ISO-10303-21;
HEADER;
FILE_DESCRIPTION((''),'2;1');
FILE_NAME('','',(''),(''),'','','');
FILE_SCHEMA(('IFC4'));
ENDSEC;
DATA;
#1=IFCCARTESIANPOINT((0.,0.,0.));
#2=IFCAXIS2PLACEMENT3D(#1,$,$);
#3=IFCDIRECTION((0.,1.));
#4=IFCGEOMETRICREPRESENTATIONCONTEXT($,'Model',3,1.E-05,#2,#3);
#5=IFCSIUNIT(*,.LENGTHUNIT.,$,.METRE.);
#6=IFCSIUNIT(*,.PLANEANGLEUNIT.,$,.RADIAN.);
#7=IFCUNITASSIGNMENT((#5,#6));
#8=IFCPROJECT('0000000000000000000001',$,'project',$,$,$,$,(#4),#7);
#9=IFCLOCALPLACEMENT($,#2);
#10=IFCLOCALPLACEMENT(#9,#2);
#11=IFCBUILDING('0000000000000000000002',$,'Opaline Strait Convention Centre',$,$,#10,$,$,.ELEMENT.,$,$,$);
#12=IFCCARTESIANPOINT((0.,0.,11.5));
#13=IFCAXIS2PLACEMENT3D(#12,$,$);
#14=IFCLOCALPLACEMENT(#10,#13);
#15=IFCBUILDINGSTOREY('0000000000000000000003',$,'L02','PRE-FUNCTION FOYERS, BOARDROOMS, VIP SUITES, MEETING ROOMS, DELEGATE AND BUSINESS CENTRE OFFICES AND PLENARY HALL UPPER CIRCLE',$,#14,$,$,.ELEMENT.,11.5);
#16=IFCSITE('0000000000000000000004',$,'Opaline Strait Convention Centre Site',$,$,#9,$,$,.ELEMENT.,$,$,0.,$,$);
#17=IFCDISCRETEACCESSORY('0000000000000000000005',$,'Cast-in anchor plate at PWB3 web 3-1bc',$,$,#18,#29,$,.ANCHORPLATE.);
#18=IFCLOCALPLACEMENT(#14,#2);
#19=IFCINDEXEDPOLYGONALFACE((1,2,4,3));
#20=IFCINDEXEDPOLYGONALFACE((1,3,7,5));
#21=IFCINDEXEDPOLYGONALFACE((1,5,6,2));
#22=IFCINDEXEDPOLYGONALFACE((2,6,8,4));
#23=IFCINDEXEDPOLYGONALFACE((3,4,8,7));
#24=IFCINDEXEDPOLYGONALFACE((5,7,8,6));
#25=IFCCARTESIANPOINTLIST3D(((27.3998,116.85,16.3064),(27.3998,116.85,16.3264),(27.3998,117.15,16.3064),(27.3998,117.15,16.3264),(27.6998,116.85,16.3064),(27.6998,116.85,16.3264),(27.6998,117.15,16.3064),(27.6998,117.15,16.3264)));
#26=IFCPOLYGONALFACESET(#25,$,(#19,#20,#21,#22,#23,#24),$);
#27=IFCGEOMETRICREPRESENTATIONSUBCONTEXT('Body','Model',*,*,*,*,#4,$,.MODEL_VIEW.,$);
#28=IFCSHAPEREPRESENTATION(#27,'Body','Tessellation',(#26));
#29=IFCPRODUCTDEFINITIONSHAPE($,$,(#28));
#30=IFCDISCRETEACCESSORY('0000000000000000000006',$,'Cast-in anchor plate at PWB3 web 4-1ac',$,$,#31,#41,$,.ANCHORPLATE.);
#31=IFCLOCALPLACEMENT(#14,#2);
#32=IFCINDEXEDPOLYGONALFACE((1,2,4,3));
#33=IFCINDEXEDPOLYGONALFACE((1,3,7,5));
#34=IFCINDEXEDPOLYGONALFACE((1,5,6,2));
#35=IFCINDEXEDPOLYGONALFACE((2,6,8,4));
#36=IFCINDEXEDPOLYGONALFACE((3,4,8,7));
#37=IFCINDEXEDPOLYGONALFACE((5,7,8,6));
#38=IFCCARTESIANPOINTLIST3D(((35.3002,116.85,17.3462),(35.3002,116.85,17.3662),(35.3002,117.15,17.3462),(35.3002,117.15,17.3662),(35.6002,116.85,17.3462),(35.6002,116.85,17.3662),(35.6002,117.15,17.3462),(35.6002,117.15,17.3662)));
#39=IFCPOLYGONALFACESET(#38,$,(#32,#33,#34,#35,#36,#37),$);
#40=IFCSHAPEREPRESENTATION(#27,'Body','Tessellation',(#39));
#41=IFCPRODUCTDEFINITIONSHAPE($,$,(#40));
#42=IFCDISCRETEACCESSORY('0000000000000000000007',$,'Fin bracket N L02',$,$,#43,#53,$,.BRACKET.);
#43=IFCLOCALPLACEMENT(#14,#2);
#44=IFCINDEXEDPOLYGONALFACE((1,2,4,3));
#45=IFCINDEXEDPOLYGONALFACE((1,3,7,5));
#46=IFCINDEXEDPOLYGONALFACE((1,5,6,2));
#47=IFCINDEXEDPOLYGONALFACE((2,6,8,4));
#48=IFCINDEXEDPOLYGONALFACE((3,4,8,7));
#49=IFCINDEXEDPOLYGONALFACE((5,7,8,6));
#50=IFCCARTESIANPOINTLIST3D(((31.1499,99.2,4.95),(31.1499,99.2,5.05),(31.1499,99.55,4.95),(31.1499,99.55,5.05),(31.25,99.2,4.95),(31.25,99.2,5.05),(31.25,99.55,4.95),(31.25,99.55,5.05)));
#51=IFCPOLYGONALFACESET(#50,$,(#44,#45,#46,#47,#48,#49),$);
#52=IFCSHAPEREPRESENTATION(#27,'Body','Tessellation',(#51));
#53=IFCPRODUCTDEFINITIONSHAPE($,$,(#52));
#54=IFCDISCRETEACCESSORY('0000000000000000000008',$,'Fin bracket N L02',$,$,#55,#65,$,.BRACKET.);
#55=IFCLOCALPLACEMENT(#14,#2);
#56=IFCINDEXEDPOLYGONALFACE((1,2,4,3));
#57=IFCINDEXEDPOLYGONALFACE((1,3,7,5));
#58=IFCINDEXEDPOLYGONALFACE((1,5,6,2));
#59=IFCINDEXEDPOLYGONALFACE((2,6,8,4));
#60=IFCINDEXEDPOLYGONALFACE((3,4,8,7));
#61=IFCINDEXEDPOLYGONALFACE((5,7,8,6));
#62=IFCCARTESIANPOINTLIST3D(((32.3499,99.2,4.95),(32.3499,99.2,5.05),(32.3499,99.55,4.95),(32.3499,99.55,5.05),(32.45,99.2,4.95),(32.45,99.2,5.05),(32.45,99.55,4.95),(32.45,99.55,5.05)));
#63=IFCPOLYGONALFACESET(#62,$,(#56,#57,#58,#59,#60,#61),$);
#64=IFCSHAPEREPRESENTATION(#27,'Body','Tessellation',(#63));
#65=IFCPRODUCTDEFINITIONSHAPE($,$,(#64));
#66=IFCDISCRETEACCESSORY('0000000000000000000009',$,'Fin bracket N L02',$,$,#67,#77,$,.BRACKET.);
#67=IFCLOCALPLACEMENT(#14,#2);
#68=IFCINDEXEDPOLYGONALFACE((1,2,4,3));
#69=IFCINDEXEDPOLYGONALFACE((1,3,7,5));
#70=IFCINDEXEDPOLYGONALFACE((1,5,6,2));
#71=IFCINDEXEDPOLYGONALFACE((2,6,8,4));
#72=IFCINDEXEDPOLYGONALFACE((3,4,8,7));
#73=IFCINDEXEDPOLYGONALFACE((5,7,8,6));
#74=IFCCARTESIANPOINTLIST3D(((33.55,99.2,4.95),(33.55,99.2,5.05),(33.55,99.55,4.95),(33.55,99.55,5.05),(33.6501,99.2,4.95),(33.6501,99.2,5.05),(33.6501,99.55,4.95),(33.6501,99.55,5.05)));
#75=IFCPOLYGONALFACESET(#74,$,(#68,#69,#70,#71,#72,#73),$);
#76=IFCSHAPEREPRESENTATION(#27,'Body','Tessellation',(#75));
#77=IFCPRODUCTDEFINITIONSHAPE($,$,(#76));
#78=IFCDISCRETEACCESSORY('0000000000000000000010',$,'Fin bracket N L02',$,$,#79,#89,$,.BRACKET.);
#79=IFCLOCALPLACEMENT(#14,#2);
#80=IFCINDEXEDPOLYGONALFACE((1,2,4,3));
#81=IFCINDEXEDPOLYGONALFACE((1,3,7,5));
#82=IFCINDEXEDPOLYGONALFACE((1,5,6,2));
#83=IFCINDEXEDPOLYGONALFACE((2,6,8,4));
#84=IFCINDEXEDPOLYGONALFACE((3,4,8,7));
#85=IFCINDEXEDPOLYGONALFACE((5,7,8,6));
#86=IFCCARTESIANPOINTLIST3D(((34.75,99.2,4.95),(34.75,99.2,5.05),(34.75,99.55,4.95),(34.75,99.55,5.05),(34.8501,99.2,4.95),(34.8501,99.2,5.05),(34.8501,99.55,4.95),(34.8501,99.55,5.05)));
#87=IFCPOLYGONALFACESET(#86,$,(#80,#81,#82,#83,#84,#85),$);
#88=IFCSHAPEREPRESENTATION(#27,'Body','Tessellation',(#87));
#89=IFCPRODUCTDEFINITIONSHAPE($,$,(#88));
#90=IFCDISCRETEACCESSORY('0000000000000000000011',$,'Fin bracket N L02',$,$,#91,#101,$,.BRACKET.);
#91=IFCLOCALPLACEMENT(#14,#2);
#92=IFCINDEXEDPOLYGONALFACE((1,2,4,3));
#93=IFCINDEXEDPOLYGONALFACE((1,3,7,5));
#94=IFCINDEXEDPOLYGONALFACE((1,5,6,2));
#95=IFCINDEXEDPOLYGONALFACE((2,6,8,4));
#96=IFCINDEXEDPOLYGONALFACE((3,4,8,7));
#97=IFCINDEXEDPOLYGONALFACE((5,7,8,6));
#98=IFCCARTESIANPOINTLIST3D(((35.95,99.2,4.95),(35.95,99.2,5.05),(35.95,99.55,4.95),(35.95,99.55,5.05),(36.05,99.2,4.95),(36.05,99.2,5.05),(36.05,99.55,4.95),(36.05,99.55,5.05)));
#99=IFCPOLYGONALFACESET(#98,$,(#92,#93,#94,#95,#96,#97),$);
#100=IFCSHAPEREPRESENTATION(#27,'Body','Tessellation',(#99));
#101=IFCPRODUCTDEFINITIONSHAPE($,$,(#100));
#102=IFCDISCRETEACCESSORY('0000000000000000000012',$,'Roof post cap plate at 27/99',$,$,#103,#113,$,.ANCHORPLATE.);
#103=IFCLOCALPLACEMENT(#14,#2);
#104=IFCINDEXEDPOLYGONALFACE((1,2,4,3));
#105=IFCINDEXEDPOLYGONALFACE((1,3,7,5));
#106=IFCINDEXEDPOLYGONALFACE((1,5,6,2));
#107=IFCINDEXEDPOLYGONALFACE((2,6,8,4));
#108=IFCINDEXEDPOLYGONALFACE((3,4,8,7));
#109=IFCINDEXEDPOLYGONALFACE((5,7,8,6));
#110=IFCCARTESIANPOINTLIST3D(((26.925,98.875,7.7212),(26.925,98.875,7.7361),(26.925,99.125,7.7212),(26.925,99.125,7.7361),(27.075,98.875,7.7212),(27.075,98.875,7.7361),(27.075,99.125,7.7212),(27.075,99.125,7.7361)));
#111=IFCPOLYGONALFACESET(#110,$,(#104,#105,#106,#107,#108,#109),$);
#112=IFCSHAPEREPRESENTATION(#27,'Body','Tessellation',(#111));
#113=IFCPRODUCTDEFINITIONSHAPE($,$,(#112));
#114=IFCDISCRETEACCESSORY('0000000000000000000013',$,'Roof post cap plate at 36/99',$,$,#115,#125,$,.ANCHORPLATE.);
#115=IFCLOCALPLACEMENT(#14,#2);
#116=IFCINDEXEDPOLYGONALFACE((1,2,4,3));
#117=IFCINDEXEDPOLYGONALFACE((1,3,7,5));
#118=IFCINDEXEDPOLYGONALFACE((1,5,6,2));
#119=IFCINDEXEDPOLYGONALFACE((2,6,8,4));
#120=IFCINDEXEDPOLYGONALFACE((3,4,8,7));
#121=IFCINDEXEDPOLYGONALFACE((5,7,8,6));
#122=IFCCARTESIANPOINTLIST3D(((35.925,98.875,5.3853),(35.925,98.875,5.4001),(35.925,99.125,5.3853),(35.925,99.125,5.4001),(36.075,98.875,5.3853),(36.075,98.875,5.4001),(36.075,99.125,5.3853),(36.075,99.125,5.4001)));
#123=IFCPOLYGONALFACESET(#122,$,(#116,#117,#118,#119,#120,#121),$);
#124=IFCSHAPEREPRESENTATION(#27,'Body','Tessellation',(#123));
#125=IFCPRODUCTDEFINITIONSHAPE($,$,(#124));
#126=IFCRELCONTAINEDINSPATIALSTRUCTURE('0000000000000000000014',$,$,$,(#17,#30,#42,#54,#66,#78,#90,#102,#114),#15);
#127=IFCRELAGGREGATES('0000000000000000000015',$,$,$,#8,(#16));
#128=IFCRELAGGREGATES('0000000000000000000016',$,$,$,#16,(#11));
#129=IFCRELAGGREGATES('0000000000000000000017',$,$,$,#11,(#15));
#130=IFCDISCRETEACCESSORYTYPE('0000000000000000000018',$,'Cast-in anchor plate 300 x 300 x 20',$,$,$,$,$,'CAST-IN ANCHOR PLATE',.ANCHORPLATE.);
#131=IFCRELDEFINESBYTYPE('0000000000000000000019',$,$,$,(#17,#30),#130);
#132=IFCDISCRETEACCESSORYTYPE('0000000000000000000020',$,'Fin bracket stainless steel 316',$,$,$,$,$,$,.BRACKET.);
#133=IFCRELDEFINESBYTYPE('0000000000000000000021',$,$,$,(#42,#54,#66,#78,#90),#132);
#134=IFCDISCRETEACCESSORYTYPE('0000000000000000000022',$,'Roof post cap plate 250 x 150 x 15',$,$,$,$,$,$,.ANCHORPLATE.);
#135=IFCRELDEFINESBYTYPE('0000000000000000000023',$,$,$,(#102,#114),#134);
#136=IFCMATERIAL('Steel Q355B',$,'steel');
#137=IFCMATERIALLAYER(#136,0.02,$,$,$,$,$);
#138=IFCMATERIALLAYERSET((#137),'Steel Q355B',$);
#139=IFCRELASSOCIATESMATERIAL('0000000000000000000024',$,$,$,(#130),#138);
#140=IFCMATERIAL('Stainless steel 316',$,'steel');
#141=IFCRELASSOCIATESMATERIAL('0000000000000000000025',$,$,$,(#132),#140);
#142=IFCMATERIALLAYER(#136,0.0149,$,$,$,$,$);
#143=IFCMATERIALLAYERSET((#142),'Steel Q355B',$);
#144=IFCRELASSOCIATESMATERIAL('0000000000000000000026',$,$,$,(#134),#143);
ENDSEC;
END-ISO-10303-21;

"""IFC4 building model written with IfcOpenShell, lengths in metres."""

from ifc_helpers import new_model, si_unit, direction, frame, origin, origin_2d, place, context, subcontext, project, spatial, rectangle, extrude, material, layer, layer_set, type_object, element, save


model = new_model("IFC4")

# Units and contexts
model_context = context("Model", 3, precision=1e-05, world=origin(), true_north=direction((0.0, 1.0)))
body_context = subcontext(model_context, "Body", "Model", "MODEL_VIEW")
ifc_project = project(units=[si_unit("LENGTHUNIT", "METRE"), si_unit("PLANEANGLEUNIT", "RADIAN")], contexts=[model_context])

# Site, building, storey
site_placement = place(None, origin())
site = spatial("IfcSite", under=ifc_project, at=site_placement, Name="Opaline Strait Convention Centre Site", CompositionType="ELEMENT", RefElevation=0.0)
building_placement = place(site_placement, origin())
building = spatial("IfcBuilding", under=site, at=building_placement, Name="Opaline Strait Convention Centre", CompositionType="ELEMENT")
storey_placement = place(building_placement, frame((0.0, 0.0, 11.5)))
storey = spatial("IfcBuildingStorey", under=building, at=storey_placement, Name="L02", Description="PRE-FUNCTION FOYERS, BOARDROOMS, VIP SUITES, MEETING ROOMS, DELEGATE AND BUSINESS CENTRE OFFICES AND PLENARY HALL UPPER CIRCLE", CompositionType="ELEMENT", Elevation=11.5)

# Shared definitions
ifc_material_1 = material(Name="Steel Q355B", Category="steel")

# Discrete accessories
ifc_layer_1 = layer(ifc_material_1, 0.02)
ifc_layer_set_1 = layer_set([ifc_layer_1], Name="Steel Q355B")
discrete_accessory_type_1 = type_object("IfcDiscreteAccessoryType", Name="Cast-in anchor plate 300 x 300 x 20", ElementType="CAST-IN ANCHOR PLATE", PredefinedType="ANCHORPLATE", material=ifc_layer_set_1)
for number, where, z_axis, x_axis, name in (
    (1, (27.5498, 117.0, 16.3064), (0.0, 0.0, 1.0), (1.0, 0.0, 0.0), "Cast-in anchor plate at PWB3 web 3-1bc"),
    (2, (35.4502, 117.0, 17.3462), (0.0, 0.0, 1.0), (1.0, 0.0, 0.0), "Cast-in anchor plate at PWB3 web 4-1ac"),
):
    element("IfcDiscreteAccessory", number, at=place(storey_placement, frame(where, z_axis=z_axis, x_axis=x_axis)), inside=storey, type_object=discrete_accessory_type_1, Name=name, PredefinedType="ANCHORPLATE", context=body_context, shape_type="SweptSolid", body=[
        extrude(rectangle(XDim=0.3, YDim=0.3, at=origin_2d()), origin(), (0.0, 0.0, 1.0), 0.02),
    ])
ifc_material_2 = material(Name="Stainless steel 316", Category="steel")
discrete_accessory_type_2 = type_object("IfcDiscreteAccessoryType", Name="Fin bracket stainless steel 316", PredefinedType="BRACKET", material=ifc_material_2)
for number, where, z_axis, x_axis, name in (
    (3, (31.2, 99.375, 4.95), (0.0, 0.0, 1.0), (1.0, 0.0, 0.0), "Fin bracket N L02"),
    (4, (32.3999, 99.375, 4.95), (0.0, 0.0, 1.0), (1.0, 0.0, 0.0), "Fin bracket N L02"),
    (5, (33.6001, 99.375, 4.95), (0.0, 0.0, 1.0), (1.0, 0.0, 0.0), "Fin bracket N L02"),
    (6, (34.8, 99.375, 4.95), (0.0, 0.0, 1.0), (1.0, 0.0, 0.0), "Fin bracket N L02"),
    (7, (36.0, 99.375, 4.95), (0.0, 0.0, 1.0), (1.0, 0.0, 0.0), "Fin bracket N L02"),
):
    element("IfcDiscreteAccessory", number, at=place(storey_placement, frame(where, z_axis=z_axis, x_axis=x_axis)), inside=storey, type_object=discrete_accessory_type_2, Name=name, PredefinedType="BRACKET", context=body_context, shape_type="SweptSolid", body=[
        extrude(rectangle(XDim=0.1001, YDim=0.3501, at=origin_2d()), origin(), (0.0, 0.0, 1.0), 0.1001),
    ])
ifc_layer_2 = layer(ifc_material_1, 0.0149)
ifc_layer_set_2 = layer_set([ifc_layer_2], Name="Steel Q355B")
discrete_accessory_type_3 = type_object("IfcDiscreteAccessoryType", Name="Roof post cap plate 250 x 150 x 15", PredefinedType="ANCHORPLATE", material=ifc_layer_set_2)
for number, where, z_axis, x_axis, name in (
    (8, (27.0, 99.0, 7.7212), (0.0, 0.0, 1.0), (1.0, 0.0, 0.0), "Roof post cap plate at 27/99"),
    (9, (36.0, 99.0, 5.3853), (0.0, 0.0, 1.0), (1.0, 0.0, 0.0), "Roof post cap plate at 36/99"),
):
    element("IfcDiscreteAccessory", number, at=place(storey_placement, frame(where, z_axis=z_axis, x_axis=x_axis)), inside=storey, type_object=discrete_accessory_type_3, Name=name, PredefinedType="ANCHORPLATE", context=body_context, shape_type="SweptSolid", body=[
        extrude(rectangle(XDim=0.1499, YDim=0.25, at=origin_2d()), origin(), (0.0, 0.0, 1.0), 0.0149),
    ])

save(model, "model.ifc")
